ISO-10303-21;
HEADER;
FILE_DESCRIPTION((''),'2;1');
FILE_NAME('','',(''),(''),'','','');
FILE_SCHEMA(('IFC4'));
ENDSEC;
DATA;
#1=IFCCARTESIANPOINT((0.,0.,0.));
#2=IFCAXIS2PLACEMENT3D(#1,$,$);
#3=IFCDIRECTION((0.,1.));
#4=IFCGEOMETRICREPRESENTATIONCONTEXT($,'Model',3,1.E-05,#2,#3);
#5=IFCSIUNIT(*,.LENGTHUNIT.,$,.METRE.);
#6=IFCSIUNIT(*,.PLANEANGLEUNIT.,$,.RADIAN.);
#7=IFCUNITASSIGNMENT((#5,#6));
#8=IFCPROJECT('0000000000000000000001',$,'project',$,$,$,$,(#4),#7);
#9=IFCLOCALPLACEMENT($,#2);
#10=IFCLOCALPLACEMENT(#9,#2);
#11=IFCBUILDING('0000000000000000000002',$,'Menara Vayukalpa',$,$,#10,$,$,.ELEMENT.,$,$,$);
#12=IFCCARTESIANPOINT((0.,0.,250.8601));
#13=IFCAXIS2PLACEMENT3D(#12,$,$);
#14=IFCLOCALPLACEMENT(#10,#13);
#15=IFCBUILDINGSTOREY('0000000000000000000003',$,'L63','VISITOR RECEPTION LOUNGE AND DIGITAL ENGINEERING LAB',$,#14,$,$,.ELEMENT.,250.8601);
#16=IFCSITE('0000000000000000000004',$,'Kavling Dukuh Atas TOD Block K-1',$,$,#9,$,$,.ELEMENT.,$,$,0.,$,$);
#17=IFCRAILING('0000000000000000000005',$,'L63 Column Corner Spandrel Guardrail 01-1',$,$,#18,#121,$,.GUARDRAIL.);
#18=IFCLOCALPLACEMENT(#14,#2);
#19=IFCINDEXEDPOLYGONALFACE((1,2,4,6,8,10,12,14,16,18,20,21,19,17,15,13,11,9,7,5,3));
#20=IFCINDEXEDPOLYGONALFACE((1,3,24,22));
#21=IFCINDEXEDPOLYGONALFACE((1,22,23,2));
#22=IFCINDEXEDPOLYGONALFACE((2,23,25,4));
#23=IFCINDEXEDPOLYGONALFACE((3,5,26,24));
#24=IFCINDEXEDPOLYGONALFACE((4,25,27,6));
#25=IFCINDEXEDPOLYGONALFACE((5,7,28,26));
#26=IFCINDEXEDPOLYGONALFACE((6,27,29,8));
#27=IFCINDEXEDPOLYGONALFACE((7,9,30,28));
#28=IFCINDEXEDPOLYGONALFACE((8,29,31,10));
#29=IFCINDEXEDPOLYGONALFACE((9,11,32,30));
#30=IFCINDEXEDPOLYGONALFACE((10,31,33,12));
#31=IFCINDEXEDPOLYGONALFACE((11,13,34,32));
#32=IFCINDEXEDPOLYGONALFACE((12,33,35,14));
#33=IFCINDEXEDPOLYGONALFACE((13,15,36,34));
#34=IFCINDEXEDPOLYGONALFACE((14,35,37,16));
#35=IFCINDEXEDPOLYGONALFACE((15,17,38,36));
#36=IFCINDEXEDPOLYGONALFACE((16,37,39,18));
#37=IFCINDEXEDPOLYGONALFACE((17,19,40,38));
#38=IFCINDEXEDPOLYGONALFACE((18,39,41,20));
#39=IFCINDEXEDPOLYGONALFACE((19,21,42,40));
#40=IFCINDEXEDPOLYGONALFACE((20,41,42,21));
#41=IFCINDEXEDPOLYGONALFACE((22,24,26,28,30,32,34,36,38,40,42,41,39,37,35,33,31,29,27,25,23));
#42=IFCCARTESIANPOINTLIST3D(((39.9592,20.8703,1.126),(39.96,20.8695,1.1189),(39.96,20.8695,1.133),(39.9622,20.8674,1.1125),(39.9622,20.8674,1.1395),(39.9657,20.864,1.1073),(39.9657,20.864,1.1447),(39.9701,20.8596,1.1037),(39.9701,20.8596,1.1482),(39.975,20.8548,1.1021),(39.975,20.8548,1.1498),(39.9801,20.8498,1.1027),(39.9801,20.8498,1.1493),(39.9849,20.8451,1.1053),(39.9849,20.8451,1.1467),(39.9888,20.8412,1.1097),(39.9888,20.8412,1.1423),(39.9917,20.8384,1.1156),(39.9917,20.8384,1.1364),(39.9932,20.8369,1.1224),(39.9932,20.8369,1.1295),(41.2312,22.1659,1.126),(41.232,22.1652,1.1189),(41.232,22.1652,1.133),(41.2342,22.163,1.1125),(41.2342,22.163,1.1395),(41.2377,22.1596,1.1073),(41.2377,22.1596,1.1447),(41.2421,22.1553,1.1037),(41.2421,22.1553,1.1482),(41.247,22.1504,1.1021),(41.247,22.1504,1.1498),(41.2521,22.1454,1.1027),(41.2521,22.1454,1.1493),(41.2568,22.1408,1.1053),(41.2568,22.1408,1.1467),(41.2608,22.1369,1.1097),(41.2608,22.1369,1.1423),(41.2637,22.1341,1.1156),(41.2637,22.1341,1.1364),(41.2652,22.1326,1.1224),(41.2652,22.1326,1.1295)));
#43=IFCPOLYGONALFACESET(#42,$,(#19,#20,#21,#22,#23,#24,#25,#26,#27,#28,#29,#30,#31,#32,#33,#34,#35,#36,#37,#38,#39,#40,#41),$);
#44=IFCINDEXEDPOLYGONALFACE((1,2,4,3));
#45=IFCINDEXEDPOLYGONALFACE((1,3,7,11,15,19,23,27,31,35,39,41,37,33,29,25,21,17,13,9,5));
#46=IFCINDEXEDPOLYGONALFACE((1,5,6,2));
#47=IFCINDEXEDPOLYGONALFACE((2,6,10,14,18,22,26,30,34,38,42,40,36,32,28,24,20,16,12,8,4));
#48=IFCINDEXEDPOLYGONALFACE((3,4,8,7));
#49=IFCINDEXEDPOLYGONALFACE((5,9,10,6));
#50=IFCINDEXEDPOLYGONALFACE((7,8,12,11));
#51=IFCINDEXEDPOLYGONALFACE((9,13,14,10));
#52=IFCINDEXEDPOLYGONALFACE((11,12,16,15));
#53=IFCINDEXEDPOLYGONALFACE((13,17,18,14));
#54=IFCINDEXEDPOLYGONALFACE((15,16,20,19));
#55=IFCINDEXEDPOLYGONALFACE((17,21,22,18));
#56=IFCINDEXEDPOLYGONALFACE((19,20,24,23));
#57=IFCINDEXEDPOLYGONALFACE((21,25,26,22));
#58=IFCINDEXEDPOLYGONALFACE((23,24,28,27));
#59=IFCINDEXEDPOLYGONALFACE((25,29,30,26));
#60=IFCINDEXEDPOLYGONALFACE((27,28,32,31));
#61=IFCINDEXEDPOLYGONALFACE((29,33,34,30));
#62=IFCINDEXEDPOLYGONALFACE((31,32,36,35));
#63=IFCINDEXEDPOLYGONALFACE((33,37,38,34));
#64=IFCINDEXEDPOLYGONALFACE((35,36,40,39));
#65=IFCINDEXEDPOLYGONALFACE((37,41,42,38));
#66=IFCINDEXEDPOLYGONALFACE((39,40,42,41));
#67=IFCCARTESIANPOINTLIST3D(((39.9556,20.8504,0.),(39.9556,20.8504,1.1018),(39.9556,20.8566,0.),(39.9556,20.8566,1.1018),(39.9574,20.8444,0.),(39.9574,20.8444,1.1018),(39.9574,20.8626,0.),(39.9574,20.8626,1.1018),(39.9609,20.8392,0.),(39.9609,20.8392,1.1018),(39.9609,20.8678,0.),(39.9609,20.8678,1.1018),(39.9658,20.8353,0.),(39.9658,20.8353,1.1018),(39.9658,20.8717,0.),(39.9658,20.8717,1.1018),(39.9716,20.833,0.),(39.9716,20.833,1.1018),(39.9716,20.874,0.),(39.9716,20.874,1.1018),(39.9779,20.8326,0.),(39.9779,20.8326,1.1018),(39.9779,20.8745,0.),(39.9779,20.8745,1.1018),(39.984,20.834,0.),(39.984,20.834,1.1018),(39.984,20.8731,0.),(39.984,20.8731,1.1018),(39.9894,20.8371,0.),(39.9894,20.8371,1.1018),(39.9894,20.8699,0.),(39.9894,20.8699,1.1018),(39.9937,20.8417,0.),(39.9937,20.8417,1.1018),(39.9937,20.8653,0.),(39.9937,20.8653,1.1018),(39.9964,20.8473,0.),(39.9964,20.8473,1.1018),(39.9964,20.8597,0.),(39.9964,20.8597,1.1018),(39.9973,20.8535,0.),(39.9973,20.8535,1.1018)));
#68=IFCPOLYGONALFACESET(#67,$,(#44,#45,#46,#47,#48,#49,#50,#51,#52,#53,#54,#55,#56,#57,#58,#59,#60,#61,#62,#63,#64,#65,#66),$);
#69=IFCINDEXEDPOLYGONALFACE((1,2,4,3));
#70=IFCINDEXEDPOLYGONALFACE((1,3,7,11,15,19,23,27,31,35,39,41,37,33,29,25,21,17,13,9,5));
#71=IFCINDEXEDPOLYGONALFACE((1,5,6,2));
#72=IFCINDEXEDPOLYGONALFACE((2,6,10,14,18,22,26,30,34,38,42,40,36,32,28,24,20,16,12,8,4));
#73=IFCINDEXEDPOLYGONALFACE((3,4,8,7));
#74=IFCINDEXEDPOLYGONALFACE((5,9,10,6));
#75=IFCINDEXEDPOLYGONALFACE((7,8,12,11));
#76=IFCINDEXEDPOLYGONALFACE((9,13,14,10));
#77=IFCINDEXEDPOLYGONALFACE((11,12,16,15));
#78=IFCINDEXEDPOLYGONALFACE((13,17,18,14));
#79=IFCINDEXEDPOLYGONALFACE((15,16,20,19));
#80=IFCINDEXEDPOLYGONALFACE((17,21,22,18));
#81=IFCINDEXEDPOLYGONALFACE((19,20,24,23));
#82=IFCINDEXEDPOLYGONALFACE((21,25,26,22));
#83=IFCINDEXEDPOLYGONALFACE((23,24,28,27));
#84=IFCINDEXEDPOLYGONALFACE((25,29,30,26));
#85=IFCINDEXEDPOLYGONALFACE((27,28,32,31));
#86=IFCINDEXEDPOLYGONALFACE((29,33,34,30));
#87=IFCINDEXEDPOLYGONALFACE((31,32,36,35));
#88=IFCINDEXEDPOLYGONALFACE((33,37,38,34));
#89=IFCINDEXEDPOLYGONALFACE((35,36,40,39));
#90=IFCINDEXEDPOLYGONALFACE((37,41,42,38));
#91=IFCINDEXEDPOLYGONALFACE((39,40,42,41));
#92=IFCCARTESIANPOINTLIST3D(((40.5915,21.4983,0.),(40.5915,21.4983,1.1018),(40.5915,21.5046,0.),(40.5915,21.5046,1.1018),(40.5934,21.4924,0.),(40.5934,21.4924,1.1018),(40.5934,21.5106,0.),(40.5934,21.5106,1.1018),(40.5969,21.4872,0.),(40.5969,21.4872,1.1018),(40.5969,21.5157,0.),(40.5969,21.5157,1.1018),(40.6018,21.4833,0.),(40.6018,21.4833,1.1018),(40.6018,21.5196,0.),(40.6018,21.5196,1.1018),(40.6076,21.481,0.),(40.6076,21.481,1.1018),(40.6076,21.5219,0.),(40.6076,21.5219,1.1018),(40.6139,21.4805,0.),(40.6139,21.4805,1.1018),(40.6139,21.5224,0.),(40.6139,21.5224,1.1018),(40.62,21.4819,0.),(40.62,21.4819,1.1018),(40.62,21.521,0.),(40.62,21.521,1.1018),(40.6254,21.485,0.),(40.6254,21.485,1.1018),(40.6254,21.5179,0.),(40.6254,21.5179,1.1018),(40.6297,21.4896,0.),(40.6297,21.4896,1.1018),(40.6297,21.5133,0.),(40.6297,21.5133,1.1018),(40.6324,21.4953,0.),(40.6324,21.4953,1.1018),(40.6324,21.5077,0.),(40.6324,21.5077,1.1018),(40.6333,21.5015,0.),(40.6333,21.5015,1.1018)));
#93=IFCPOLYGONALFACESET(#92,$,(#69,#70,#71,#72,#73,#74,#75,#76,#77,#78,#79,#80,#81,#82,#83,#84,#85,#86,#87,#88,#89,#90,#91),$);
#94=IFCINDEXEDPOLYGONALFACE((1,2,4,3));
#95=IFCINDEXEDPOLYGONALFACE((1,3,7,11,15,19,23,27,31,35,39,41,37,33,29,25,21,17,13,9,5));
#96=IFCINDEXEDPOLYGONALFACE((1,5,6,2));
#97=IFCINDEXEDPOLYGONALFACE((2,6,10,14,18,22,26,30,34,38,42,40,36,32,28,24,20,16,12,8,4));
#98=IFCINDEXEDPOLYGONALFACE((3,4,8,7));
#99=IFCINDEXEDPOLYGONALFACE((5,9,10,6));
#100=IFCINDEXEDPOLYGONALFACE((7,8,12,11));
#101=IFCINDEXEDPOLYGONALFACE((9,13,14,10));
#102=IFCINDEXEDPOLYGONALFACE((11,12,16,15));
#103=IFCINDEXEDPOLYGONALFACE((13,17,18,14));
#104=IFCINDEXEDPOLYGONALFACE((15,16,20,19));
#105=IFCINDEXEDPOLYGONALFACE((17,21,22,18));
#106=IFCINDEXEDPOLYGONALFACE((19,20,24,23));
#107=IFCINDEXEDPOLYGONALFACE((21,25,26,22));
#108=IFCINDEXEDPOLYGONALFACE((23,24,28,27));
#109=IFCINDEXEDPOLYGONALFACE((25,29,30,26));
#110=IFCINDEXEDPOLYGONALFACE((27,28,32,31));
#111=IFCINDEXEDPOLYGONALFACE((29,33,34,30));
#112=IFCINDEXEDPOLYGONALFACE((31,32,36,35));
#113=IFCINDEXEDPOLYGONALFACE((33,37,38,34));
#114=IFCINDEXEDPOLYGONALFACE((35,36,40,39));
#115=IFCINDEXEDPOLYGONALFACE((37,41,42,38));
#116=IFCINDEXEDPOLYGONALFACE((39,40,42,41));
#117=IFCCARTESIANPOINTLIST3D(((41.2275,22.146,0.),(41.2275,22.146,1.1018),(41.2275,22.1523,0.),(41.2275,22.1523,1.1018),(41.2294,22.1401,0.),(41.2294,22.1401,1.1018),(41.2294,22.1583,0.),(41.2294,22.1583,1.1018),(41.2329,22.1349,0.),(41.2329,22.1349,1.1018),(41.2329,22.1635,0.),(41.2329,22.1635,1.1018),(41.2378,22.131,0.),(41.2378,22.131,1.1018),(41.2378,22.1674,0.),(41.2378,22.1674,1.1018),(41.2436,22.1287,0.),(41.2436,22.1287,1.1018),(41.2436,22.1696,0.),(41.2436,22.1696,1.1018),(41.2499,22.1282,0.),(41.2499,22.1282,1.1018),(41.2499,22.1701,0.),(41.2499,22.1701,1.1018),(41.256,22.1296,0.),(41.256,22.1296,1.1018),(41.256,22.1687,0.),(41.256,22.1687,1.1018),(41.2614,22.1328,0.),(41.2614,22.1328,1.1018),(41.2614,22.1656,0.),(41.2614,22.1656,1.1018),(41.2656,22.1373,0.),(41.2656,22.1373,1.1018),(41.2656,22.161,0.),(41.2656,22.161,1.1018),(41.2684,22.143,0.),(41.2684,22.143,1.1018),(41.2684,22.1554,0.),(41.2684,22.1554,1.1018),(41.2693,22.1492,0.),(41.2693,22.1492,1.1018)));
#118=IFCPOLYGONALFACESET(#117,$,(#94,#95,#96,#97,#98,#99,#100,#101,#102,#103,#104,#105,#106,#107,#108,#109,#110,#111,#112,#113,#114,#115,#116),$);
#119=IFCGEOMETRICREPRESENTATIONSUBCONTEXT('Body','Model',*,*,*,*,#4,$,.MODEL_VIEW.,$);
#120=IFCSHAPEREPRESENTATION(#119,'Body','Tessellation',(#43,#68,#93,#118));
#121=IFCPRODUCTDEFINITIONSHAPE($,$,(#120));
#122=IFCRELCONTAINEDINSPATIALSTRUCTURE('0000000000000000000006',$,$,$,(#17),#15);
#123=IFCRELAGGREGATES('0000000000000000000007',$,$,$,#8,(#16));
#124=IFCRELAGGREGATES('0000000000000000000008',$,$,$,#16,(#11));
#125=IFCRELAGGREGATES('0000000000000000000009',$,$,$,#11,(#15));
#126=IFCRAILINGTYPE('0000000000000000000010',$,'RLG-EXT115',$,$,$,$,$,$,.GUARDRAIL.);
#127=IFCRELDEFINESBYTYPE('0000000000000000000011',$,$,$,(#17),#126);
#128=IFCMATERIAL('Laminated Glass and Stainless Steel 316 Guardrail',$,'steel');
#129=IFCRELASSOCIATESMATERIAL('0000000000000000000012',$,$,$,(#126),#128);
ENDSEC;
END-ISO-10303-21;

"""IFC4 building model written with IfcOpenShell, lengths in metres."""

from ifc_helpers import new_model, si_unit, direction, frame, origin, origin_2d, place, context, subcontext, project, spatial, circle, extrude, material, type_object, element, save


model = new_model("IFC4")

# Units and contexts
model_context = context("Model", 3, precision=1e-05, world=origin(), true_north=direction((0.0, 1.0)))
body_context = subcontext(model_context, "Body", "Model", "MODEL_VIEW")
ifc_project = project(units=[si_unit("LENGTHUNIT", "METRE"), si_unit("PLANEANGLEUNIT", "RADIAN")], contexts=[model_context])

# Site, building, storey
site_placement = place(None, origin())
site = spatial("IfcSite", under=ifc_project, at=site_placement, Name="Kavling Dukuh Atas TOD Block K-1", CompositionType="ELEMENT", RefElevation=0.0)
building_placement = place(site_placement, origin())
building = spatial("IfcBuilding", under=site, at=building_placement, Name="Menara Vayukalpa", CompositionType="ELEMENT")
storey_placement = place(building_placement, frame((0.0, 0.0, 250.8601)))
storey = spatial("IfcBuildingStorey", under=building, at=storey_placement, Name="L63", Description="VISITOR RECEPTION LOUNGE AND DIGITAL ENGINEERING LAB", CompositionType="ELEMENT", Elevation=250.8601)

# Railing
ifc_material_1 = material(Name="Laminated Glass and Stainless Steel 316 Guardrail", Category="steel")
railing_type_1 = type_object("IfcRailingType", Name="RLG-EXT115", PredefinedType="GUARDRAIL", material=ifc_material_1)
railing_1_placement = place(storey_placement, frame((39.9763, 20.8535, 0.0)))
element("IfcRailing", 1, at=railing_1_placement, inside=storey, type_object=railing_type_1, Name="L63 Column Corner Spandrel Guardrail 01-1", PredefinedType="GUARDRAIL", context=body_context, shape_type="SweptSolid", body=[
    extrude(circle(Radius=0.0239, at=origin_2d()), frame((0.0, 0.0, 1.126), z_axis=(0.700555, 0.713598, 0.0), x_axis=(-0.713598, 0.700555, 0.0)), (0.0, 0.0, 1.0), 1.8157),
    extrude(circle(Radius=0.021, at=origin_2d()), origin(), (0.0, 0.0, 1.0), 1.1018),
    extrude(circle(Radius=0.021, at=origin_2d()), frame((0.636, 0.6479, 0.0)), (0.0, 0.0, 1.0), 1.1018),
    extrude(circle(Radius=0.021, at=origin_2d()), frame((1.272, 1.2957, 0.0)), (0.0, 0.0, 1.0), 1.1018),
])

save(model, "model.ifc")
